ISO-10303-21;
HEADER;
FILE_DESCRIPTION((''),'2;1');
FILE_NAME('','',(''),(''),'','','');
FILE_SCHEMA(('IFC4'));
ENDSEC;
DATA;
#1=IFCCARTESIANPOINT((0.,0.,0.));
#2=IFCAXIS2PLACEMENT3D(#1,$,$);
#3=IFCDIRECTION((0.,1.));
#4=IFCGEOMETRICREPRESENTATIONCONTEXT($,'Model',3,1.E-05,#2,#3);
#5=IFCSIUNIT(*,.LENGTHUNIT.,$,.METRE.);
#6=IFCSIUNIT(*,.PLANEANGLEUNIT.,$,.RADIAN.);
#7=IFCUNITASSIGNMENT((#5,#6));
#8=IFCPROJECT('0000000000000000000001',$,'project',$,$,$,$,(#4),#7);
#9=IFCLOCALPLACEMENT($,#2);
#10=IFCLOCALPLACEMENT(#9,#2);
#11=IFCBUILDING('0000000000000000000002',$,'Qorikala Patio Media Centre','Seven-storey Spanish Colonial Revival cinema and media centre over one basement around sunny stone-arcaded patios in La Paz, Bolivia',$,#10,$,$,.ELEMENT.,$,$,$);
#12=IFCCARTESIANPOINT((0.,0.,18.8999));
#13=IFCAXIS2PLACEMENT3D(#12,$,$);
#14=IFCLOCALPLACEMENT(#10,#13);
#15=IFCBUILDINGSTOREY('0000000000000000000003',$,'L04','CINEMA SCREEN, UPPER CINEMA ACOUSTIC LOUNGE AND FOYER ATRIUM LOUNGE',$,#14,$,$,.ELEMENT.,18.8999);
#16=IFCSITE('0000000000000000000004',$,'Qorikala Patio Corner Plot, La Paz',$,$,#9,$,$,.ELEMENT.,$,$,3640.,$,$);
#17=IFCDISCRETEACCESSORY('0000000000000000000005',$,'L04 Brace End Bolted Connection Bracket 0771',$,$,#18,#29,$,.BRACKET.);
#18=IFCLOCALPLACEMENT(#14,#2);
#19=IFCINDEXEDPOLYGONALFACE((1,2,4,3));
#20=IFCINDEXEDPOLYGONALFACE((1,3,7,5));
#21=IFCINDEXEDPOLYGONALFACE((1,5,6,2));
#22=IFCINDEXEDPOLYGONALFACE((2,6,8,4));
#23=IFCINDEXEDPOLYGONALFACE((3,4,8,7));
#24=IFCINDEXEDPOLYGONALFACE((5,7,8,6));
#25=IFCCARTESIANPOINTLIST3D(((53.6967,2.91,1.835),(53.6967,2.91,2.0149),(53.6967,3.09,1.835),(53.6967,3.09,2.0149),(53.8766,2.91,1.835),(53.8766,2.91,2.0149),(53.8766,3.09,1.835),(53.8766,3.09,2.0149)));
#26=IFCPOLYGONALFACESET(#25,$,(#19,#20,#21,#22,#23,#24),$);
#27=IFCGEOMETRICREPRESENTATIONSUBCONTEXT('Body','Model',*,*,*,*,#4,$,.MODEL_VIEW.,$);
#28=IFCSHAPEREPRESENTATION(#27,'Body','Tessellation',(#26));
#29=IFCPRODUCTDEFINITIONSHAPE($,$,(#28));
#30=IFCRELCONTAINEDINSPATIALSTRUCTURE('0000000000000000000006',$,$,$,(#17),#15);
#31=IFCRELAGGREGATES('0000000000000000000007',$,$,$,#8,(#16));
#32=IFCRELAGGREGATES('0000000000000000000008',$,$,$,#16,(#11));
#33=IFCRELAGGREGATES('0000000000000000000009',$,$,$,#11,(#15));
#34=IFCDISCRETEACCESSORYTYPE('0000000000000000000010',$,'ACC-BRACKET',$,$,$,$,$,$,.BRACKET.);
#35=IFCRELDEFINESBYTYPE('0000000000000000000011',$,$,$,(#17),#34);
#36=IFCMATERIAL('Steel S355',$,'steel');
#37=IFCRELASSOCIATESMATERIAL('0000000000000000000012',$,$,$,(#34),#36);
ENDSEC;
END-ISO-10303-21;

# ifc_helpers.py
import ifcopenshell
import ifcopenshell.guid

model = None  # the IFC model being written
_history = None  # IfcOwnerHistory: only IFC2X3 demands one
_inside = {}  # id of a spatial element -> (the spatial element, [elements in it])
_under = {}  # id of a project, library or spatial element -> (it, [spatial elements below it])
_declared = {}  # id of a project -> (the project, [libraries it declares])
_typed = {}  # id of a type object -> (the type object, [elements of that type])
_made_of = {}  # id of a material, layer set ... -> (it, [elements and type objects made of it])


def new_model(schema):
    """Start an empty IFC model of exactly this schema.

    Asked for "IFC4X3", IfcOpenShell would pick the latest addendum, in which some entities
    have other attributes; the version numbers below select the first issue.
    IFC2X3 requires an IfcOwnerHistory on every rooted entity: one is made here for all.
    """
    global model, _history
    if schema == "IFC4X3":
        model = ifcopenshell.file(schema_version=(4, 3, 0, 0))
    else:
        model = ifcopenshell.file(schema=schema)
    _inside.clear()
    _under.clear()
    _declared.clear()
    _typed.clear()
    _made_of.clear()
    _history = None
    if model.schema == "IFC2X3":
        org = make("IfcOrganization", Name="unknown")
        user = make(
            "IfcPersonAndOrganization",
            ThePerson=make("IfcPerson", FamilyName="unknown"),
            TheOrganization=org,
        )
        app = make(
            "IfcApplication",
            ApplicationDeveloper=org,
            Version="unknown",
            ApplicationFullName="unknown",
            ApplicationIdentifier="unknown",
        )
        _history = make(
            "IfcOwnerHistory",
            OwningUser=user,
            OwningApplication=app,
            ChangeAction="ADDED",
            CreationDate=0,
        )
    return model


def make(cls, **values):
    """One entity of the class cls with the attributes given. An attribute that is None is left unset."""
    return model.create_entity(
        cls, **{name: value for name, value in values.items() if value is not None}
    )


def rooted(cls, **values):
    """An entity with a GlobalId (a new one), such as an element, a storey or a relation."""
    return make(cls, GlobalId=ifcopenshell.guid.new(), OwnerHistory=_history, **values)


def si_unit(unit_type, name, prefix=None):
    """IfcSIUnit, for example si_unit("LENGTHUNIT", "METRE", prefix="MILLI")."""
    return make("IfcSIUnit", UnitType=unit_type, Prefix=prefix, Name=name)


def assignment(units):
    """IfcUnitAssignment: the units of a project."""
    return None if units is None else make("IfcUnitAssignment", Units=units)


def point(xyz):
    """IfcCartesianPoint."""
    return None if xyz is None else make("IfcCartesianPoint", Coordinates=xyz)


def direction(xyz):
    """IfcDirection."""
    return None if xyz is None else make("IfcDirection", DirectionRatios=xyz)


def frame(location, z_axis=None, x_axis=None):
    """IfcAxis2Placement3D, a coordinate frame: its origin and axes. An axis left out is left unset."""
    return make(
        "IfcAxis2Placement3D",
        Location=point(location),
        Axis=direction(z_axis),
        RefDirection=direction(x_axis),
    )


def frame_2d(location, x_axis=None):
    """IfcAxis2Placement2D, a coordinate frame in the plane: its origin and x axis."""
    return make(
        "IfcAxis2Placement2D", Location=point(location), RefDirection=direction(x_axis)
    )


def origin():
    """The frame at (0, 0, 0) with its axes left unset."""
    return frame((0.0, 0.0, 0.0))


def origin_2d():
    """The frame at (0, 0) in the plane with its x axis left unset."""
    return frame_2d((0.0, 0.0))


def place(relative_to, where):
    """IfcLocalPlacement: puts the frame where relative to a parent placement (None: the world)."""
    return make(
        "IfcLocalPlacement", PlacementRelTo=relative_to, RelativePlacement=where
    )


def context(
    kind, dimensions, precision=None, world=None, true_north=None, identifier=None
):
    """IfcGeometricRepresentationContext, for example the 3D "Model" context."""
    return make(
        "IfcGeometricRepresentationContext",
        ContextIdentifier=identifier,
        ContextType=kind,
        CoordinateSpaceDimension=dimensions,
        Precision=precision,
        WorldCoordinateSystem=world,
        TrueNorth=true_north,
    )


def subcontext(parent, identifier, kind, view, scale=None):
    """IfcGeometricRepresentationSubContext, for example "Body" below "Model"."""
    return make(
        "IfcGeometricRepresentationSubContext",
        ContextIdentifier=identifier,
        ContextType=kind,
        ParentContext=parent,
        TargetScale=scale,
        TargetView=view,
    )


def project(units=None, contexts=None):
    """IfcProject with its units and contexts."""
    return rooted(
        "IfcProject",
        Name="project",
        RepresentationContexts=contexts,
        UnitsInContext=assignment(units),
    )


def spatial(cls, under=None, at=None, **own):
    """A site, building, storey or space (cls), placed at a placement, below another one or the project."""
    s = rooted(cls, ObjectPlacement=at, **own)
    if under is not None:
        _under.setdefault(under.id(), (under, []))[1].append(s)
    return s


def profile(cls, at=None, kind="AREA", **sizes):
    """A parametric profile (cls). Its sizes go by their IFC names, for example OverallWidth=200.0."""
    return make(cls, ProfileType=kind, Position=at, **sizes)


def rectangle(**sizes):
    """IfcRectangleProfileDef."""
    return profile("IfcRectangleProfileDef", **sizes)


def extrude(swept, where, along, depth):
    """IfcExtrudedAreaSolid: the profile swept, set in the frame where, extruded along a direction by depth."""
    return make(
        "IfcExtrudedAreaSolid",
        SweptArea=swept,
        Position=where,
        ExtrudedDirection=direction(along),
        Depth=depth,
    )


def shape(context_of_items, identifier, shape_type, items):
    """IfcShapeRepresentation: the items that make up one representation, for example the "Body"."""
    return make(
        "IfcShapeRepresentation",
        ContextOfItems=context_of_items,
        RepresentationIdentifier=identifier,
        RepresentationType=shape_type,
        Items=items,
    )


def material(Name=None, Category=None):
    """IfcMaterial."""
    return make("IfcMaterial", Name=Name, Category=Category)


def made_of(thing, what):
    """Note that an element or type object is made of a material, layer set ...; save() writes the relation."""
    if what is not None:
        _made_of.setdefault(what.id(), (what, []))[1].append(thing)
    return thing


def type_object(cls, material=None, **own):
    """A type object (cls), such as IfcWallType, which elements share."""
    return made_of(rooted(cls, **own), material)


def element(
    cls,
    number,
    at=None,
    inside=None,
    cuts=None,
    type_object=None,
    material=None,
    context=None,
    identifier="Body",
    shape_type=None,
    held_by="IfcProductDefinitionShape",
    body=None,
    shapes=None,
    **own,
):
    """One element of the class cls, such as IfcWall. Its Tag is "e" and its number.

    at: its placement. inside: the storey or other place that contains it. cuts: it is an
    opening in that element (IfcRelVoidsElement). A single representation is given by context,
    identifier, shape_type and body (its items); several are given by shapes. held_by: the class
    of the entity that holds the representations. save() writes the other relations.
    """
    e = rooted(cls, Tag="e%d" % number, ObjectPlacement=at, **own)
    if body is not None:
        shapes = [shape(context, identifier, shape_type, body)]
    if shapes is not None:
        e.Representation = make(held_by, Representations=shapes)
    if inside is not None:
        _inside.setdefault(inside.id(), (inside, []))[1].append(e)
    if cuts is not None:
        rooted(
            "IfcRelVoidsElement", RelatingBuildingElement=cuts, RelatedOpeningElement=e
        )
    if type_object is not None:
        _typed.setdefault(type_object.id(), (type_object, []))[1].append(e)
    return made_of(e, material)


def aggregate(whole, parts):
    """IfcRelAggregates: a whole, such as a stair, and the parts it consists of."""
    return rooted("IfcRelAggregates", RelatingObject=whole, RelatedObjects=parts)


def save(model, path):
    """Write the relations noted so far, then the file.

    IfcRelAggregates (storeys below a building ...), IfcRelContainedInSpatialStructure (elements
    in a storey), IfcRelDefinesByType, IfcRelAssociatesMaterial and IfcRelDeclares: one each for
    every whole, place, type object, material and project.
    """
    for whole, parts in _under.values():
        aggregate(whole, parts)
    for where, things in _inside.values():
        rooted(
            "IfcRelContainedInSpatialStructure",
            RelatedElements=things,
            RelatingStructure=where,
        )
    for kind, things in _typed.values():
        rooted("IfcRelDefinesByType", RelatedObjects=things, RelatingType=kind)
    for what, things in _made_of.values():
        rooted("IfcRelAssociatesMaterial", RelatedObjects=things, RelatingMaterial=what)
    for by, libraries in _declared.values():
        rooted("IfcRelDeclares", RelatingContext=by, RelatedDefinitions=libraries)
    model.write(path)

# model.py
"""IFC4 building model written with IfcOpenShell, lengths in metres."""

from ifc_helpers import new_model, si_unit, direction, frame, origin, origin_2d, place, context, subcontext, project, spatial, rectangle, extrude, material, type_object, element, save


model = new_model("IFC4")

# Units and contexts
model_context = context("Model", 3, precision=1e-05, world=origin(), true_north=direction((0.0, 1.0)))
body_context = subcontext(model_context, "Body", "Model", "MODEL_VIEW")
ifc_project = project(units=[si_unit("LENGTHUNIT", "METRE"), si_unit("PLANEANGLEUNIT", "RADIAN")], contexts=[model_context])

# Site, building, storey
site_placement = place(None, origin())
site = spatial("IfcSite", under=ifc_project, at=site_placement, Name="Qorikala Patio Corner Plot, La Paz", CompositionType="ELEMENT", RefElevation=3640.0)
building_placement = place(site_placement, origin())
building = spatial("IfcBuilding", under=site, at=building_placement, Name="Qorikala Patio Media Centre", Description="Seven-storey Spanish Colonial Revival cinema and media centre over one basement around sunny stone-arcaded patios in La Paz, Bolivia", CompositionType="ELEMENT")
storey_placement = place(building_placement, frame((0.0, 0.0, 18.8999)))
storey = spatial("IfcBuildingStorey", under=building, at=storey_placement, Name="L04", Description="CINEMA SCREEN, UPPER CINEMA ACOUSTIC LOUNGE AND FOYER ATRIUM LOUNGE", CompositionType="ELEMENT", Elevation=18.8999)

# Discrete accessory
ifc_material_1 = material(Name="Steel S355", Category="steel")
discrete_accessory_type = type_object("IfcDiscreteAccessoryType", Name="ACC-BRACKET", PredefinedType="BRACKET", material=ifc_material_1)
for number, where, z_axis, x_axis, name in (
    (1, (53.7866, 3.0, 1.835), (0.0, 0.0, 1.0), (1.0, 0.0, 0.0), "L04 Brace End Bolted Connection Bracket 0771"),
):
    element("IfcDiscreteAccessory", number, at=place(storey_placement, frame(where, z_axis=z_axis, x_axis=x_axis)), inside=storey, type_object=discrete_accessory_type, Name=name, PredefinedType="BRACKET", context=body_context, shape_type="SweptSolid", body=[
        extrude(rectangle(XDim=0.1799, YDim=0.1799, at=origin_2d()), origin(), (0.0, 0.0, 1.0), 0.1799),
    ])

save(model, "model.ifc")
